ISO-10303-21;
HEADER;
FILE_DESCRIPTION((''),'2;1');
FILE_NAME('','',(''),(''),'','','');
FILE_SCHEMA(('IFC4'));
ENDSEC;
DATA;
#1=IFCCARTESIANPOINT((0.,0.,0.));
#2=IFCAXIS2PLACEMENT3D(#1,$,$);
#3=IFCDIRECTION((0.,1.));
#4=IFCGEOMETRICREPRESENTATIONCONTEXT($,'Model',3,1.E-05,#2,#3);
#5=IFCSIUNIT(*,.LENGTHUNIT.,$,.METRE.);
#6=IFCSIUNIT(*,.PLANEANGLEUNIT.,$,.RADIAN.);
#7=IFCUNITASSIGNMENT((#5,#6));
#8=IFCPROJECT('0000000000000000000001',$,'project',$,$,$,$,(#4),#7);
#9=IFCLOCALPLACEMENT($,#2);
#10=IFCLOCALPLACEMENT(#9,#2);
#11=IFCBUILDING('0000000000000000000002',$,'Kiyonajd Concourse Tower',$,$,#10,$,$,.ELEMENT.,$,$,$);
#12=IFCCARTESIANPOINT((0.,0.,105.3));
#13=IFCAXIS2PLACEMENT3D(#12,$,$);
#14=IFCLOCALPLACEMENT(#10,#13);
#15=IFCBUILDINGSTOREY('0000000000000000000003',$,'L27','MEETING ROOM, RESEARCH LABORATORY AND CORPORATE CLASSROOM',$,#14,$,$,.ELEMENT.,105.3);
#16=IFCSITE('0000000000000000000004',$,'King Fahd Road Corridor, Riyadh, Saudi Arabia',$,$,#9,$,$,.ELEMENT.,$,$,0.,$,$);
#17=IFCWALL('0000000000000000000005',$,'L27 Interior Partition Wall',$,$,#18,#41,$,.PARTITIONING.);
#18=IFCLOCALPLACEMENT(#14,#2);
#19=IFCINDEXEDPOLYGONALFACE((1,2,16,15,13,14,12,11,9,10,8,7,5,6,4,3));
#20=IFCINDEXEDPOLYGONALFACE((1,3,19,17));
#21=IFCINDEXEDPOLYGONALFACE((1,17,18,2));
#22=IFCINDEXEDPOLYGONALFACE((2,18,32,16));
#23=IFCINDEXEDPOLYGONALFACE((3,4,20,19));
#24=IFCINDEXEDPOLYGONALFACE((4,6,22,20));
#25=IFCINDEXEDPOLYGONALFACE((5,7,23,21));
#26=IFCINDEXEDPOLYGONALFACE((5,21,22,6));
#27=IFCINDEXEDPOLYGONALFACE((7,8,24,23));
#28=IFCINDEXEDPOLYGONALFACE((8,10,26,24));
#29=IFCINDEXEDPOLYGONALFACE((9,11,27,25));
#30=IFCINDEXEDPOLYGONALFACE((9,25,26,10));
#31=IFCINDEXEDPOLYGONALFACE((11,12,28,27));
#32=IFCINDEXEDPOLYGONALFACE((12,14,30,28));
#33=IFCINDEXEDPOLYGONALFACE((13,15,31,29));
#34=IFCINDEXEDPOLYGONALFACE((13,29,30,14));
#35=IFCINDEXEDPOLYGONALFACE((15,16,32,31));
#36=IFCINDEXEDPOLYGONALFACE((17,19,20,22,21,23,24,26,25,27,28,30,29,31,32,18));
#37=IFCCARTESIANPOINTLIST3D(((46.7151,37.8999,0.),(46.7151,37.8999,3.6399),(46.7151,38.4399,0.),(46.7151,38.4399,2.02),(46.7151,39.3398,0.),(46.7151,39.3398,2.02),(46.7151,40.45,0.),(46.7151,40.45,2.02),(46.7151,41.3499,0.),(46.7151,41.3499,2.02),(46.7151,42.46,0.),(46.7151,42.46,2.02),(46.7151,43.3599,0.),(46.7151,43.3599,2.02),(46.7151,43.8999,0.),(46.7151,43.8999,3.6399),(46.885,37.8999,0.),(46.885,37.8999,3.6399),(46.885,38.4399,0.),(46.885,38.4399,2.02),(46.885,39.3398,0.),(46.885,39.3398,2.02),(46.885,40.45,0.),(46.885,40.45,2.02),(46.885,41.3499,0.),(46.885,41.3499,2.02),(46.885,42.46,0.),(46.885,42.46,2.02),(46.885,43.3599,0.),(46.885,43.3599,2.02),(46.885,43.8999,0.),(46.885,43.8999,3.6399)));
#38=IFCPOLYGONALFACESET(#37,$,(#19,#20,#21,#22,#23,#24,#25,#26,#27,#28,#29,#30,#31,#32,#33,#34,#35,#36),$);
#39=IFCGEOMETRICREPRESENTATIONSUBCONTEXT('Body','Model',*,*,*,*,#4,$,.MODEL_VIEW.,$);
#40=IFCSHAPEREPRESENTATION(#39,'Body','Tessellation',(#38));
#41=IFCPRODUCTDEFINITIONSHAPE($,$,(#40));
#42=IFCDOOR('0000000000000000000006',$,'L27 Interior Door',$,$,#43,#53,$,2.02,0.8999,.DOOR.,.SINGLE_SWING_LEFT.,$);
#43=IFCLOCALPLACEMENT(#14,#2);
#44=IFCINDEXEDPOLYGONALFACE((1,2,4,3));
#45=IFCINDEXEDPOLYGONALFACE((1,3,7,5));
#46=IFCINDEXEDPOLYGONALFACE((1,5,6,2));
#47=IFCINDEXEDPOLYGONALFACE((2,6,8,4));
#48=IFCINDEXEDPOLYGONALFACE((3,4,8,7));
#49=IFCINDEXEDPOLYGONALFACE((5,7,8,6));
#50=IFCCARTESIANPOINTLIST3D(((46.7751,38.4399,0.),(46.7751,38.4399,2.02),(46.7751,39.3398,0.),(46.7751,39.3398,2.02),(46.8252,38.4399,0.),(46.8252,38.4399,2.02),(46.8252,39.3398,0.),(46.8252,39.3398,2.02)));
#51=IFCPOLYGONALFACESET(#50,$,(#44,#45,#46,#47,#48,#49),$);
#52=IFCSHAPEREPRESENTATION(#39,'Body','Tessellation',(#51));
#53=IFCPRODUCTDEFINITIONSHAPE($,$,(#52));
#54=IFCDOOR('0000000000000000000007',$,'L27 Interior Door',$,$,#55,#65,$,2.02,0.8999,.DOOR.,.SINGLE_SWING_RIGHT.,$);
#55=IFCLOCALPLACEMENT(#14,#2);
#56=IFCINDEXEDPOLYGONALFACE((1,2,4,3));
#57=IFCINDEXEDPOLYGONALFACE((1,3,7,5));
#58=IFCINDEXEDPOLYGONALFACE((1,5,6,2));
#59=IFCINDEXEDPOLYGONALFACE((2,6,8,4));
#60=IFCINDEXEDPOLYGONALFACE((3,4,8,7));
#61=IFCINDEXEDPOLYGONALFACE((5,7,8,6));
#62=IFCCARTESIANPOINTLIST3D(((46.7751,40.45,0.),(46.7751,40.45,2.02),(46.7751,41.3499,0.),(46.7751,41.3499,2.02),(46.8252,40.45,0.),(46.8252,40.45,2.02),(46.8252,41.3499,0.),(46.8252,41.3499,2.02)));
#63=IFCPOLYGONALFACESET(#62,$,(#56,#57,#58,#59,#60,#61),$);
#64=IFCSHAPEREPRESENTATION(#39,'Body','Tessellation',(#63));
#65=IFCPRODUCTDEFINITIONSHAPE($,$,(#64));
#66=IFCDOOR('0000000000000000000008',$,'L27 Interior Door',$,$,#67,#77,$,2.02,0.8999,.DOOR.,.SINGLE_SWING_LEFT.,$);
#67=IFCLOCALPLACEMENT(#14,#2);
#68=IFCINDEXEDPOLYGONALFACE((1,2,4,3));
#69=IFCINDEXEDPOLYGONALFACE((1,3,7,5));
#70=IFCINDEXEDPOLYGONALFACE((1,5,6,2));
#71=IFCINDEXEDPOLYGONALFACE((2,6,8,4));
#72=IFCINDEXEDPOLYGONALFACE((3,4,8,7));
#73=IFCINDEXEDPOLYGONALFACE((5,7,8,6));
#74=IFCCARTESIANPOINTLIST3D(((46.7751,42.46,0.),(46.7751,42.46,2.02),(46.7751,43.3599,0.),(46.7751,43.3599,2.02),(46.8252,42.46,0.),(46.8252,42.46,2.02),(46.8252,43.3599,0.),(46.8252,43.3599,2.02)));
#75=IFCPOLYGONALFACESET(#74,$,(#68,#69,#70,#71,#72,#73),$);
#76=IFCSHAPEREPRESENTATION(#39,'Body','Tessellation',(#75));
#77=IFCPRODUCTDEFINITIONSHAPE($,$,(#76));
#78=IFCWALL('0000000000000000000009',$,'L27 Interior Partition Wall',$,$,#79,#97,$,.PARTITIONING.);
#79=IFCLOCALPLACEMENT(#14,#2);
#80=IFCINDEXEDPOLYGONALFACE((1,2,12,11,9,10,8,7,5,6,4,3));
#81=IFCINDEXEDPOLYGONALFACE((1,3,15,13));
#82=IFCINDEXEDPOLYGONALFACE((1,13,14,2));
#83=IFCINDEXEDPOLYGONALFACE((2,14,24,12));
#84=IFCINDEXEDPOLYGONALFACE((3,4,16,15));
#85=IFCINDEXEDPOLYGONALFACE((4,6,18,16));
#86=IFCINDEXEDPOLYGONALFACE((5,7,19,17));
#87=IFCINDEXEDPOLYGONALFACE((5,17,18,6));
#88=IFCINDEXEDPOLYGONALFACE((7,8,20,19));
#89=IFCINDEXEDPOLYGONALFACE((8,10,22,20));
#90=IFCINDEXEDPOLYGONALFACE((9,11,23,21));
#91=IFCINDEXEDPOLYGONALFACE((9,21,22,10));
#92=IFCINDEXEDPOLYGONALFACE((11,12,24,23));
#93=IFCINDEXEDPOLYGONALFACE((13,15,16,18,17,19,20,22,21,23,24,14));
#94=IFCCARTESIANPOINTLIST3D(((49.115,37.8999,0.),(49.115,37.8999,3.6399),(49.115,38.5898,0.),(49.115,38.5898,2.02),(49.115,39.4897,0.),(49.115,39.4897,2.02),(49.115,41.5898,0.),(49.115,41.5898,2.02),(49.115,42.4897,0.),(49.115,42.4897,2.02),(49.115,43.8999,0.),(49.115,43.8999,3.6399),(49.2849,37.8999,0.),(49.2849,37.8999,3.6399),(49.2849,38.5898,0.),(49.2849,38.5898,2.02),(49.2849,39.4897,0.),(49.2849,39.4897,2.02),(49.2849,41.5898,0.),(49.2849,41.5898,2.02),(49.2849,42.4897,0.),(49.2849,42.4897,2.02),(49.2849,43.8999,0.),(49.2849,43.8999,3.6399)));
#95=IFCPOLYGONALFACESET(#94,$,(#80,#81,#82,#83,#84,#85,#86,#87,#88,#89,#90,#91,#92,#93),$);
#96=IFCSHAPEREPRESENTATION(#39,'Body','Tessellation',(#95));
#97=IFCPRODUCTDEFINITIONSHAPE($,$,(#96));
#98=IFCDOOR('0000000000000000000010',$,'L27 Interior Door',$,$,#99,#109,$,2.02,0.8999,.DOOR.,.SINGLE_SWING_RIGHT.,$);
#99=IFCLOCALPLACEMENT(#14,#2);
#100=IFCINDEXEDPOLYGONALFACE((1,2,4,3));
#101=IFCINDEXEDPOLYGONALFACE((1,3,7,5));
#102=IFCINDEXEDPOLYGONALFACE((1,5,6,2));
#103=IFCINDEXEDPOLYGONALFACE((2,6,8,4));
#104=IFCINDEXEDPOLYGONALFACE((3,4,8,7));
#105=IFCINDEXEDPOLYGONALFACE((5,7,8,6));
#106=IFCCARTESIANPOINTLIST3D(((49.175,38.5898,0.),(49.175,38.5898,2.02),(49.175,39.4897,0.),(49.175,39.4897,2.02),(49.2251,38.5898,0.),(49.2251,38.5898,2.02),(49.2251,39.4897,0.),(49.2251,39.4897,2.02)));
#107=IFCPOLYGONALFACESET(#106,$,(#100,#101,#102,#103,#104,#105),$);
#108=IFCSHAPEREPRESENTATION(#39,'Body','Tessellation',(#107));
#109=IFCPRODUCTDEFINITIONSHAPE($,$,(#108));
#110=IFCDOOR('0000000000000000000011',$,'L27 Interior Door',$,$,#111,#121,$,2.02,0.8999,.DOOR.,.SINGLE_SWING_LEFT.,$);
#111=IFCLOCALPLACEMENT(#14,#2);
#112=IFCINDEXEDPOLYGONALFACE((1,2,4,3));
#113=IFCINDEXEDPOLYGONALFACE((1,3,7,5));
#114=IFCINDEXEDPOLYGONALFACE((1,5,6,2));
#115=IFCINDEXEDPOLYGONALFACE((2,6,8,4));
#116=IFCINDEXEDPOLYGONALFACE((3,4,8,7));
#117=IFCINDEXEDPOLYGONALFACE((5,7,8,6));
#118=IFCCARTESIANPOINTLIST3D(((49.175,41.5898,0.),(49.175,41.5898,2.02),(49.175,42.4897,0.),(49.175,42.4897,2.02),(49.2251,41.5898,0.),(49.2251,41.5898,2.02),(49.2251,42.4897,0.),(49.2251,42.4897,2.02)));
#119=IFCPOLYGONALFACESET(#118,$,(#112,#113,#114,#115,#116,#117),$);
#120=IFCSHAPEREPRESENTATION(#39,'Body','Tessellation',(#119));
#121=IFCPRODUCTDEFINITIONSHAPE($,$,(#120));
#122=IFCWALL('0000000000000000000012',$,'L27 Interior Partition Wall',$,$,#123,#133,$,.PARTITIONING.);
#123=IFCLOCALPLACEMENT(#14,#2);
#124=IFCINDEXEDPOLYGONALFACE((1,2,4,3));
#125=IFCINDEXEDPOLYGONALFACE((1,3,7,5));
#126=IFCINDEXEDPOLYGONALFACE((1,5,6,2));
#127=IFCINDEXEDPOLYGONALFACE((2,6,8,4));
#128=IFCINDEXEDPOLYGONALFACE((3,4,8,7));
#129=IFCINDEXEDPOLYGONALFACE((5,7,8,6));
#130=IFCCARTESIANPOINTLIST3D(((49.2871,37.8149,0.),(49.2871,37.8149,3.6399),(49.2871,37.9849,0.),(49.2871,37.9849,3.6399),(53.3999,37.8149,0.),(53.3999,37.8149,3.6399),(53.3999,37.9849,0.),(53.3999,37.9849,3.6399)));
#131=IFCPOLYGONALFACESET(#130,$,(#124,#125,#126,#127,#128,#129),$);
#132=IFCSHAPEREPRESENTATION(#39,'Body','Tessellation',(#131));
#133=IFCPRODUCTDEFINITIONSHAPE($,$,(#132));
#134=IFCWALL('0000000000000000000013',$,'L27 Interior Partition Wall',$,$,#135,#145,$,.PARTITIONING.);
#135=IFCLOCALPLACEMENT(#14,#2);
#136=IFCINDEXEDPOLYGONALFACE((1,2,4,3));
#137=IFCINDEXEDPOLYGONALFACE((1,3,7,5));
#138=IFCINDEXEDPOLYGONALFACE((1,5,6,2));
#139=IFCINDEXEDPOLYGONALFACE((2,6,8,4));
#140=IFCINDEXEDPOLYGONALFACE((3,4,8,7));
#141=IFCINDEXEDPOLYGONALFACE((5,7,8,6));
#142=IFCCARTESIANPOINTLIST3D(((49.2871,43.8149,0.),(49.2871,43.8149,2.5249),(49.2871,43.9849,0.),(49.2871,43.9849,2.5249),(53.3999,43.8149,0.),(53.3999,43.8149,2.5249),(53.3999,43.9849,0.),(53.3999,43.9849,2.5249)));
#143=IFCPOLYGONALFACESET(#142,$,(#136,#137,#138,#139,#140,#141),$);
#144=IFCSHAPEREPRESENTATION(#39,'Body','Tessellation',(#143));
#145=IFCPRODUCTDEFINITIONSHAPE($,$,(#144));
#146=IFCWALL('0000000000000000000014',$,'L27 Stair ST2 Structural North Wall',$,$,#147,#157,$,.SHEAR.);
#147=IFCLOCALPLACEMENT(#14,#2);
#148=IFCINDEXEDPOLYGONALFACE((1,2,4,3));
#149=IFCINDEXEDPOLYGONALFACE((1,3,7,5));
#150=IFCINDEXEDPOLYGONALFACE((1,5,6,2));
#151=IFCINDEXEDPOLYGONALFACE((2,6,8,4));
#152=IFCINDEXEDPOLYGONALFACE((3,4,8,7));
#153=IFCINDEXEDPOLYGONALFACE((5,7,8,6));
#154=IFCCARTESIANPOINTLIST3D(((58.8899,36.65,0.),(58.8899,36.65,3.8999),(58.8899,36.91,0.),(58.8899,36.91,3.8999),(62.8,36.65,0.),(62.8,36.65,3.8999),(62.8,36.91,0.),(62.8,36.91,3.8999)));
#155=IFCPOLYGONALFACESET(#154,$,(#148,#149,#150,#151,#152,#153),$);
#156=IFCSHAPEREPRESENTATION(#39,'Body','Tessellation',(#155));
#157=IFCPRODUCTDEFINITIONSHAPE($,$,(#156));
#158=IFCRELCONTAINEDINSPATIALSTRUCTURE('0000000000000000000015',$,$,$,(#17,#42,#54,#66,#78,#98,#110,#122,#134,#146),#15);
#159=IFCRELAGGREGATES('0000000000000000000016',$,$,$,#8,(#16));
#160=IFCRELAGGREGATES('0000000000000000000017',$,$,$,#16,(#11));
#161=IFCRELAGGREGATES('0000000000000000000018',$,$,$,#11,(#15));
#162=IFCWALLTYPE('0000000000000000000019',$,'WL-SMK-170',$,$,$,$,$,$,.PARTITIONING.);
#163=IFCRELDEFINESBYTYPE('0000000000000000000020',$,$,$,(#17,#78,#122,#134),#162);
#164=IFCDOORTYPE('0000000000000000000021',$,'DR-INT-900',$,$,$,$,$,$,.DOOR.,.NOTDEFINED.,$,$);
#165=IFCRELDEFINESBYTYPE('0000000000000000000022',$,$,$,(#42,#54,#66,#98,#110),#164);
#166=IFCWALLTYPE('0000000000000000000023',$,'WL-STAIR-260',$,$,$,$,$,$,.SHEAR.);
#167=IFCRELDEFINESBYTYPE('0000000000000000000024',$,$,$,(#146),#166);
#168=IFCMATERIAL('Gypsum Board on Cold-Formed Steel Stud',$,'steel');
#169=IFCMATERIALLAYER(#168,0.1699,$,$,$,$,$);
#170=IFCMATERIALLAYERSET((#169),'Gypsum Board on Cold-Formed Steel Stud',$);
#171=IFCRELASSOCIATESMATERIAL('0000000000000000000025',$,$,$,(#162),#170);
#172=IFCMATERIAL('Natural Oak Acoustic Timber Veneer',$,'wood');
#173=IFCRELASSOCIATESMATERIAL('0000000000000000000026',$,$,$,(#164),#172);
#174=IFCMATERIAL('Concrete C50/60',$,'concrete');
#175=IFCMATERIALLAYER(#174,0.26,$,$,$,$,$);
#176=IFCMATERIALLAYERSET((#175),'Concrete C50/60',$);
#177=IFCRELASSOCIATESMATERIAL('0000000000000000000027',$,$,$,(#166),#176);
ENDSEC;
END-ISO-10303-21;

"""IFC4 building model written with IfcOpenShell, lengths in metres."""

from ifc_helpers import new_model, si_unit, direction, frame, frame_2d, origin, place, context, subcontext, project, spatial, rectangle, extrude, material, layer, layer_set, type_object, element, fill, save


model = new_model("IFC4")

# Units and contexts
model_context = context("Model", 3, precision=1e-05, world=origin(), true_north=direction((0.0, 1.0)))
body_context = subcontext(model_context, "Body", "Model", "MODEL_VIEW")
ifc_project = project(units=[si_unit("LENGTHUNIT", "METRE"), si_unit("PLANEANGLEUNIT", "RADIAN")], contexts=[model_context])

# Site, building, storey
site_placement = place(None, origin())
site = spatial("IfcSite", under=ifc_project, at=site_placement, Name="King Fahd Road Corridor, Riyadh, Saudi Arabia", CompositionType="ELEMENT", RefElevation=0.0)
building_placement = place(site_placement, origin())
building = spatial("IfcBuilding", under=site, at=building_placement, Name="Kiyonajd Concourse Tower", CompositionType="ELEMENT")
storey_placement = place(building_placement, frame((0.0, 0.0, 105.3)))
storey = spatial("IfcBuildingStorey", under=building, at=storey_placement, Name="L27", Description="MEETING ROOM, RESEARCH LABORATORY AND CORPORATE CLASSROOM", CompositionType="ELEMENT", Elevation=105.3)

# Shared definitions
ifc_material_1 = material(Name="Concrete C50/60", Category="concrete")

# Shared definitions
ifc_material_2 = material(Name="Gypsum Board on Cold-Formed Steel Stud", Category="steel")
ifc_layer_1 = layer(ifc_material_2, 0.1699)
ifc_layer_set_1 = layer_set([ifc_layer_1], Name="Gypsum Board on Cold-Formed Steel Stud")
wall_type_1 = type_object("IfcWallType", Name="WL-SMK-170", PredefinedType="PARTITIONING", material=ifc_layer_set_1)

# Walls, openings, doors
wall_1_placement = place(storey_placement, frame((46.8, 37.8999, 0.0), z_axis=(0.0, 0.0, 1.0), x_axis=(0.0, 1.0, 0.0)))
wall_1 = element("IfcWall", 1, at=wall_1_placement, inside=storey, type_object=wall_type_1, Name="L27 Interior Partition Wall", PredefinedType="PARTITIONING", context=body_context, shape_type="SweptSolid", body=[
    extrude(rectangle(XDim=6.0, YDim=0.1699, at=frame_2d((3.0, 0.0))), origin(), (0.0, 0.0, 1.0), 3.6399),
])
opening_1_placement = place(wall_1_placement, frame((0.54, 0.0, 0.0)))
opening_1 = element("IfcOpeningElement", 2, at=opening_1_placement, cuts=wall_1, PredefinedType="OPENING", context=body_context, shape_type="SweptSolid", body=[
    extrude(rectangle(XDim=0.8999, YDim=2.02, at=frame_2d((0.45, 1.01))), frame((0.0, 0.095, 0.0), z_axis=(0.0, -1.0, 0.0), x_axis=(1.0, 0.0, 0.0)), (0.0, 0.0, 1.0), 0.1899),
])
opening_2_placement = place(wall_1_placement, frame((2.55, 0.0, 0.0)))
opening_2 = element("IfcOpeningElement", 3, at=opening_2_placement, cuts=wall_1, PredefinedType="OPENING", context=body_context, shape_type="SweptSolid", body=[
    extrude(rectangle(XDim=0.8999, YDim=2.02, at=frame_2d((0.45, 1.01))), frame((0.0, 0.095, 0.0), z_axis=(0.0, -1.0, 0.0), x_axis=(1.0, 0.0, 0.0)), (0.0, 0.0, 1.0), 0.1899),
])
opening_3_placement = place(wall_1_placement, frame((4.5601, 0.0, 0.0)))
opening_3 = element("IfcOpeningElement", 4, at=opening_3_placement, cuts=wall_1, PredefinedType="OPENING", context=body_context, shape_type="SweptSolid", body=[
    extrude(rectangle(XDim=0.8999, YDim=2.02, at=frame_2d((0.45, 1.01))), frame((0.0, 0.095, 0.0), z_axis=(0.0, -1.0, 0.0), x_axis=(1.0, 0.0, 0.0)), (0.0, 0.0, 1.0), 0.1899),
])
ifc_material_3 = material(Name="Natural Oak Acoustic Timber Veneer", Category="wood")
door_type_1 = type_object("IfcDoorType", Name="DR-INT-900", OperationType="NOTDEFINED", PredefinedType="DOOR", material=ifc_material_3)
door_1_placement = place(opening_1_placement, origin())
door_1 = element("IfcDoor", 5, at=door_1_placement, inside=storey, type_object=door_type_1, Name="L27 Interior Door", OperationType="SINGLE_SWING_LEFT", OverallHeight=2.02, OverallWidth=0.8999, PredefinedType="DOOR", context=body_context, shape_type="SweptSolid", body=[
    extrude(rectangle(XDim=0.8999, YDim=2.02, at=frame_2d((0.45, 1.01))), frame((0.0, 0.0249, 0.0), z_axis=(0.0, -1.0, 0.0), x_axis=(1.0, 0.0, 0.0)), (0.0, 0.0, 1.0), 0.05),
])
fill(opening_1, door_1)
door_2_placement = place(opening_2_placement, origin())
door_2 = element("IfcDoor", 6, at=door_2_placement, inside=storey, type_object=door_type_1, Name="L27 Interior Door", OperationType="SINGLE_SWING_RIGHT", OverallHeight=2.02, OverallWidth=0.8999, PredefinedType="DOOR", context=body_context, shape_type="SweptSolid", body=[
    extrude(rectangle(XDim=0.8999, YDim=2.02, at=frame_2d((0.45, 1.01))), frame((0.0, 0.0249, 0.0), z_axis=(0.0, -1.0, 0.0), x_axis=(1.0, 0.0, 0.0)), (0.0, 0.0, 1.0), 0.05),
])
fill(opening_2, door_2)
door_3_placement = place(opening_3_placement, origin())
door_3 = element("IfcDoor", 7, at=door_3_placement, inside=storey, type_object=door_type_1, Name="L27 Interior Door", OperationType="SINGLE_SWING_LEFT", OverallHeight=2.02, OverallWidth=0.8999, PredefinedType="DOOR", context=body_context, shape_type="SweptSolid", body=[
    extrude(rectangle(XDim=0.8999, YDim=2.02, at=frame_2d((0.45, 1.01))), frame((0.0, 0.0249, 0.0), z_axis=(0.0, -1.0, 0.0), x_axis=(1.0, 0.0, 0.0)), (0.0, 0.0, 1.0), 0.05),
])
fill(opening_3, door_3)
wall_2_placement = place(storey_placement, frame((49.2, 37.8999, 0.0), z_axis=(0.0, 0.0, 1.0), x_axis=(0.0, 1.0, 0.0)))
wall_2 = element("IfcWall", 8, at=wall_2_placement, inside=storey, type_object=wall_type_1, Name="L27 Interior Partition Wall", PredefinedType="PARTITIONING", context=body_context, shape_type="SweptSolid", body=[
    extrude(rectangle(XDim=6.0, YDim=0.1699, at=frame_2d((3.0, 0.0))), origin(), (0.0, 0.0, 1.0), 3.6399),
])
opening_4_placement = place(wall_2_placement, frame((0.6899, 0.0, 0.0)))
opening_4 = element("IfcOpeningElement", 9, at=opening_4_placement, cuts=wall_2, PredefinedType="OPENING", context=body_context, shape_type="SweptSolid", body=[
    extrude(rectangle(XDim=0.8999, YDim=2.02, at=frame_2d((0.45, 1.01))), frame((0.0, 0.095, 0.0), z_axis=(0.0, -1.0, 0.0), x_axis=(1.0, 0.0, 0.0)), (0.0, 0.0, 1.0), 0.1899),
])
opening_5_placement = place(wall_2_placement, frame((3.6899, 0.0, 0.0)))
opening_5 = element("IfcOpeningElement", 10, at=opening_5_placement, cuts=wall_2, PredefinedType="OPENING", context=body_context, shape_type="SweptSolid", body=[
    extrude(rectangle(XDim=0.8999, YDim=2.02, at=frame_2d((0.45, 1.01))), frame((0.0, 0.095, 0.0), z_axis=(0.0, -1.0, 0.0), x_axis=(1.0, 0.0, 0.0)), (0.0, 0.0, 1.0), 0.1899),
])
door_4_placement = place(opening_4_placement, origin())
door_4 = element("IfcDoor", 11, at=door_4_placement, inside=storey, type_object=door_type_1, Name="L27 Interior Door", OperationType="SINGLE_SWING_RIGHT", OverallHeight=2.02, OverallWidth=0.8999, PredefinedType="DOOR", context=body_context, shape_type="SweptSolid", body=[
    extrude(rectangle(XDim=0.8999, YDim=2.02, at=frame_2d((0.45, 1.01))), frame((0.0, 0.0249, 0.0), z_axis=(0.0, -1.0, 0.0), x_axis=(1.0, 0.0, 0.0)), (0.0, 0.0, 1.0), 0.05),
])
fill(opening_4, door_4)
door_5_placement = place(opening_5_placement, origin())
door_5 = element("IfcDoor", 12, at=door_5_placement, inside=storey, type_object=door_type_1, Name="L27 Interior Door", OperationType="SINGLE_SWING_LEFT", OverallHeight=2.02, OverallWidth=0.8999, PredefinedType="DOOR", context=body_context, shape_type="SweptSolid", body=[
    extrude(rectangle(XDim=0.8999, YDim=2.02, at=frame_2d((0.45, 1.01))), frame((0.0, 0.0249, 0.0), z_axis=(0.0, -1.0, 0.0), x_axis=(1.0, 0.0, 0.0)), (0.0, 0.0, 1.0), 0.05),
])
fill(opening_5, door_5)

# Walls
wall_3_placement = place(storey_placement, frame((49.2871, 37.8999, 0.0), z_axis=(0.0, 0.0, 1.0), x_axis=(1.0, 0.0, 0.0)))
element("IfcWall", 13, at=wall_3_placement, inside=storey, type_object=wall_type_1, Name="L27 Interior Partition Wall", PredefinedType="PARTITIONING", context=body_context, shape_type="SweptSolid", body=[
    extrude(rectangle(XDim=4.1128, YDim=0.1699, at=frame_2d((2.0564, 0.0))), origin(), (0.0, 0.0, 1.0), 3.6399),
])
wall_4_placement = place(storey_placement, frame((49.2871, 43.8999, 0.0), z_axis=(0.0, 0.0, 1.0), x_axis=(1.0, 0.0, 0.0)))
element("IfcWall", 14, at=wall_4_placement, inside=storey, type_object=wall_type_1, Name="L27 Interior Partition Wall", PredefinedType="PARTITIONING", context=body_context, shape_type="SweptSolid", body=[
    extrude(rectangle(XDim=4.1128, YDim=0.1699, at=frame_2d((2.0564, 0.0))), origin(), (0.0, 0.0, 1.0), 2.5249),
])
ifc_layer_2 = layer(ifc_material_1, 0.26)
ifc_layer_set_2 = layer_set([ifc_layer_2], Name="Concrete C50/60")
wall_type_2 = type_object("IfcWallType", Name="WL-STAIR-260", PredefinedType="SHEAR", material=ifc_layer_set_2)
wall_5_placement = place(storey_placement, frame((58.8899, 36.78, 0.0), z_axis=(0.0, 0.0, 1.0), x_axis=(1.0, 0.0, 0.0)))
element("IfcWall", 15, at=wall_5_placement, inside=storey, type_object=wall_type_2, Name="L27 Stair ST2 Structural North Wall", PredefinedType="SHEAR", context=body_context, shape_type="SweptSolid", body=[
    extrude(rectangle(XDim=3.9102, YDim=0.26, at=frame_2d((1.9551, 0.0))), origin(), (0.0, 0.0, 1.0), 3.8999),
])

save(model, "model.ifc")
